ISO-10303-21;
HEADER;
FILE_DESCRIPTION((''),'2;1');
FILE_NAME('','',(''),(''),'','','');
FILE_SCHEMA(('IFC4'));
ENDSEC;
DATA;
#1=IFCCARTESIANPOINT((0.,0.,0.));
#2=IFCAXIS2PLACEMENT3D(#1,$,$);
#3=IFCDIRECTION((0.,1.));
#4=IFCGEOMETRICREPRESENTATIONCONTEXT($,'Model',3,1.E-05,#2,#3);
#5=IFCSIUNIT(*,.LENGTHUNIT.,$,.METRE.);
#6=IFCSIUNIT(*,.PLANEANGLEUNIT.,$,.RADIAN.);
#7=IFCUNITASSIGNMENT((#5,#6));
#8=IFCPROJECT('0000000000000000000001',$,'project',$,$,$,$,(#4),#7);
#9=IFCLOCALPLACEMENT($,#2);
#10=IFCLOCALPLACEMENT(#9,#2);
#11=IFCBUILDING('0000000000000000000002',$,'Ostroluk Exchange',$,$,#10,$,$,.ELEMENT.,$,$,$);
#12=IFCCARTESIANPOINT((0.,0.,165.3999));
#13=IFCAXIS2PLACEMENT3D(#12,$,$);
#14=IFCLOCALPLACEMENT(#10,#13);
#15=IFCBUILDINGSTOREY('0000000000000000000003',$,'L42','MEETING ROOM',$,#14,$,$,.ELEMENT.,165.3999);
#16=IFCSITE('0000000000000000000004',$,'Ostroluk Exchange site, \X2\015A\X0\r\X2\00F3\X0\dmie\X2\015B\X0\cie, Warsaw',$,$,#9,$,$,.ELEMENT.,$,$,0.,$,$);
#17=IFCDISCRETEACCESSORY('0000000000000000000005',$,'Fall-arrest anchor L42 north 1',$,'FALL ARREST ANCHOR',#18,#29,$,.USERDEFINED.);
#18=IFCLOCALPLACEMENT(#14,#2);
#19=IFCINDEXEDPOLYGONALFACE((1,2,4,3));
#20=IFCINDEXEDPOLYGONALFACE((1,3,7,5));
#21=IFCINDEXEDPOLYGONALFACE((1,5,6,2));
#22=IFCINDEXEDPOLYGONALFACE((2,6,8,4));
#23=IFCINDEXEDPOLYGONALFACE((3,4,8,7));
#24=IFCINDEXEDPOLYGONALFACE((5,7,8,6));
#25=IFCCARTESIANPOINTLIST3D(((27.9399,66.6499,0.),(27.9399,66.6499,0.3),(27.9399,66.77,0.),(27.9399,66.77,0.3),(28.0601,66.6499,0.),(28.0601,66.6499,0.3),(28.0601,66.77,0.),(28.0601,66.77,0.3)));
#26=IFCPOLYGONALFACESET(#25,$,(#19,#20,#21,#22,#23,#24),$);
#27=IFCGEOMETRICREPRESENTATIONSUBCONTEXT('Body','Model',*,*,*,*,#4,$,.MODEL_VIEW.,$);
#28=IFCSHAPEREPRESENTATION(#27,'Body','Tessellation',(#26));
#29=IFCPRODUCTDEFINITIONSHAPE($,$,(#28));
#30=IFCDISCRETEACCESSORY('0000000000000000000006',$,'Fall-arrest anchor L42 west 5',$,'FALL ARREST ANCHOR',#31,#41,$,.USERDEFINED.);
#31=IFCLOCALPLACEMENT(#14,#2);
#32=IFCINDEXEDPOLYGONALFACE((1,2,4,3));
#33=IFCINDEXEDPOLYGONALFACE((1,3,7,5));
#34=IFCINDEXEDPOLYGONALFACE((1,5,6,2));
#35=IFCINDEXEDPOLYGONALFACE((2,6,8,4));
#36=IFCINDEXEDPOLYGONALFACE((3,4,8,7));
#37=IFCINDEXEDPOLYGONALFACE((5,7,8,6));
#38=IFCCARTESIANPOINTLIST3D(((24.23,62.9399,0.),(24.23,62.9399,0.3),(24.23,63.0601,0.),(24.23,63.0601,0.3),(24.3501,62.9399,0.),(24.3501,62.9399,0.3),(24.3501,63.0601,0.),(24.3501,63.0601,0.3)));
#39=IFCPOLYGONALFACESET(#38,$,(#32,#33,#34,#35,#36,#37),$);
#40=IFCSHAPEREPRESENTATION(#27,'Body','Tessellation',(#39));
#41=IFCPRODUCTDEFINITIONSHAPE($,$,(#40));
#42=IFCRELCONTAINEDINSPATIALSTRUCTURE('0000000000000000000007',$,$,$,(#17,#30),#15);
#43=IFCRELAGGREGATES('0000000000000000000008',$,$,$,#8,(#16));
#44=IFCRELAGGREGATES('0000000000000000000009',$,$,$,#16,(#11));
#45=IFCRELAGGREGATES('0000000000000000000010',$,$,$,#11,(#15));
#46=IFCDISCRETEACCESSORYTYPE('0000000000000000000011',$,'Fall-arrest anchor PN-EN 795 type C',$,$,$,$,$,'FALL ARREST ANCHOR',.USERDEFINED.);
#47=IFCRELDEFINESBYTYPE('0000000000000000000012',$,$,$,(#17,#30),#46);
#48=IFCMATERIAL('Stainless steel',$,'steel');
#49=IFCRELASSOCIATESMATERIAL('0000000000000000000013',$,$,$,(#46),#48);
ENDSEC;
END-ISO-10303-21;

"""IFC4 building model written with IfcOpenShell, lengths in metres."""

from ifc_helpers import new_model, si_unit, direction, frame, origin, origin_2d, place, context, subcontext, project, spatial, rectangle, extrude, material, type_object, element, save


model = new_model("IFC4")

# Units and contexts
model_context = context("Model", 3, precision=1e-05, world=origin(), true_north=direction((0.0, 1.0)))
body_context = subcontext(model_context, "Body", "Model", "MODEL_VIEW")
ifc_project = project(units=[si_unit("LENGTHUNIT", "METRE"), si_unit("PLANEANGLEUNIT", "RADIAN")], contexts=[model_context])

# Site, building, storey
site_placement = place(None, origin())
site = spatial("IfcSite", under=ifc_project, at=site_placement, Name="Ostroluk Exchange site, Śródmieście, Warsaw", CompositionType="ELEMENT", RefElevation=0.0)
building_placement = place(site_placement, origin())
building = spatial("IfcBuilding", under=site, at=building_placement, Name="Ostroluk Exchange", CompositionType="ELEMENT")
storey_placement = place(building_placement, frame((0.0, 0.0, 165.3999)))
storey = spatial("IfcBuildingStorey", under=building, at=storey_placement, Name="L42", Description="MEETING ROOM", CompositionType="ELEMENT", Elevation=165.3999)

# Discrete accessories
ifc_material_1 = material(Name="Stainless steel", Category="steel")
discrete_accessory_type = type_object("IfcDiscreteAccessoryType", Name="Fall-arrest anchor PN-EN 795 type C", ElementType="FALL ARREST ANCHOR", PredefinedType="USERDEFINED", material=ifc_material_1)
for number, where, z_axis, x_axis, name in (
    (1, (28.0, 66.71, 0.0), (0.0, 0.0, 1.0), (1.0, 0.0, 0.0), "Fall-arrest anchor L42 north 1"),
    (2, (24.29, 63.0, 0.0), (0.0, 0.0, 1.0), (1.0, 0.0, 0.0), "Fall-arrest anchor L42 west 5"),
):
    element("IfcDiscreteAccessory", number, at=place(storey_placement, frame(where, z_axis=z_axis, x_axis=x_axis)), inside=storey, type_object=discrete_accessory_type, Name=name, ObjectType="FALL ARREST ANCHOR", PredefinedType="USERDEFINED", context=body_context, shape_type="SweptSolid", body=[
        extrude(rectangle(XDim=0.1201, YDim=0.1201, at=origin_2d()), origin(), (0.0, 0.0, 1.0), 0.3),
    ])

save(model, "model.ifc")
